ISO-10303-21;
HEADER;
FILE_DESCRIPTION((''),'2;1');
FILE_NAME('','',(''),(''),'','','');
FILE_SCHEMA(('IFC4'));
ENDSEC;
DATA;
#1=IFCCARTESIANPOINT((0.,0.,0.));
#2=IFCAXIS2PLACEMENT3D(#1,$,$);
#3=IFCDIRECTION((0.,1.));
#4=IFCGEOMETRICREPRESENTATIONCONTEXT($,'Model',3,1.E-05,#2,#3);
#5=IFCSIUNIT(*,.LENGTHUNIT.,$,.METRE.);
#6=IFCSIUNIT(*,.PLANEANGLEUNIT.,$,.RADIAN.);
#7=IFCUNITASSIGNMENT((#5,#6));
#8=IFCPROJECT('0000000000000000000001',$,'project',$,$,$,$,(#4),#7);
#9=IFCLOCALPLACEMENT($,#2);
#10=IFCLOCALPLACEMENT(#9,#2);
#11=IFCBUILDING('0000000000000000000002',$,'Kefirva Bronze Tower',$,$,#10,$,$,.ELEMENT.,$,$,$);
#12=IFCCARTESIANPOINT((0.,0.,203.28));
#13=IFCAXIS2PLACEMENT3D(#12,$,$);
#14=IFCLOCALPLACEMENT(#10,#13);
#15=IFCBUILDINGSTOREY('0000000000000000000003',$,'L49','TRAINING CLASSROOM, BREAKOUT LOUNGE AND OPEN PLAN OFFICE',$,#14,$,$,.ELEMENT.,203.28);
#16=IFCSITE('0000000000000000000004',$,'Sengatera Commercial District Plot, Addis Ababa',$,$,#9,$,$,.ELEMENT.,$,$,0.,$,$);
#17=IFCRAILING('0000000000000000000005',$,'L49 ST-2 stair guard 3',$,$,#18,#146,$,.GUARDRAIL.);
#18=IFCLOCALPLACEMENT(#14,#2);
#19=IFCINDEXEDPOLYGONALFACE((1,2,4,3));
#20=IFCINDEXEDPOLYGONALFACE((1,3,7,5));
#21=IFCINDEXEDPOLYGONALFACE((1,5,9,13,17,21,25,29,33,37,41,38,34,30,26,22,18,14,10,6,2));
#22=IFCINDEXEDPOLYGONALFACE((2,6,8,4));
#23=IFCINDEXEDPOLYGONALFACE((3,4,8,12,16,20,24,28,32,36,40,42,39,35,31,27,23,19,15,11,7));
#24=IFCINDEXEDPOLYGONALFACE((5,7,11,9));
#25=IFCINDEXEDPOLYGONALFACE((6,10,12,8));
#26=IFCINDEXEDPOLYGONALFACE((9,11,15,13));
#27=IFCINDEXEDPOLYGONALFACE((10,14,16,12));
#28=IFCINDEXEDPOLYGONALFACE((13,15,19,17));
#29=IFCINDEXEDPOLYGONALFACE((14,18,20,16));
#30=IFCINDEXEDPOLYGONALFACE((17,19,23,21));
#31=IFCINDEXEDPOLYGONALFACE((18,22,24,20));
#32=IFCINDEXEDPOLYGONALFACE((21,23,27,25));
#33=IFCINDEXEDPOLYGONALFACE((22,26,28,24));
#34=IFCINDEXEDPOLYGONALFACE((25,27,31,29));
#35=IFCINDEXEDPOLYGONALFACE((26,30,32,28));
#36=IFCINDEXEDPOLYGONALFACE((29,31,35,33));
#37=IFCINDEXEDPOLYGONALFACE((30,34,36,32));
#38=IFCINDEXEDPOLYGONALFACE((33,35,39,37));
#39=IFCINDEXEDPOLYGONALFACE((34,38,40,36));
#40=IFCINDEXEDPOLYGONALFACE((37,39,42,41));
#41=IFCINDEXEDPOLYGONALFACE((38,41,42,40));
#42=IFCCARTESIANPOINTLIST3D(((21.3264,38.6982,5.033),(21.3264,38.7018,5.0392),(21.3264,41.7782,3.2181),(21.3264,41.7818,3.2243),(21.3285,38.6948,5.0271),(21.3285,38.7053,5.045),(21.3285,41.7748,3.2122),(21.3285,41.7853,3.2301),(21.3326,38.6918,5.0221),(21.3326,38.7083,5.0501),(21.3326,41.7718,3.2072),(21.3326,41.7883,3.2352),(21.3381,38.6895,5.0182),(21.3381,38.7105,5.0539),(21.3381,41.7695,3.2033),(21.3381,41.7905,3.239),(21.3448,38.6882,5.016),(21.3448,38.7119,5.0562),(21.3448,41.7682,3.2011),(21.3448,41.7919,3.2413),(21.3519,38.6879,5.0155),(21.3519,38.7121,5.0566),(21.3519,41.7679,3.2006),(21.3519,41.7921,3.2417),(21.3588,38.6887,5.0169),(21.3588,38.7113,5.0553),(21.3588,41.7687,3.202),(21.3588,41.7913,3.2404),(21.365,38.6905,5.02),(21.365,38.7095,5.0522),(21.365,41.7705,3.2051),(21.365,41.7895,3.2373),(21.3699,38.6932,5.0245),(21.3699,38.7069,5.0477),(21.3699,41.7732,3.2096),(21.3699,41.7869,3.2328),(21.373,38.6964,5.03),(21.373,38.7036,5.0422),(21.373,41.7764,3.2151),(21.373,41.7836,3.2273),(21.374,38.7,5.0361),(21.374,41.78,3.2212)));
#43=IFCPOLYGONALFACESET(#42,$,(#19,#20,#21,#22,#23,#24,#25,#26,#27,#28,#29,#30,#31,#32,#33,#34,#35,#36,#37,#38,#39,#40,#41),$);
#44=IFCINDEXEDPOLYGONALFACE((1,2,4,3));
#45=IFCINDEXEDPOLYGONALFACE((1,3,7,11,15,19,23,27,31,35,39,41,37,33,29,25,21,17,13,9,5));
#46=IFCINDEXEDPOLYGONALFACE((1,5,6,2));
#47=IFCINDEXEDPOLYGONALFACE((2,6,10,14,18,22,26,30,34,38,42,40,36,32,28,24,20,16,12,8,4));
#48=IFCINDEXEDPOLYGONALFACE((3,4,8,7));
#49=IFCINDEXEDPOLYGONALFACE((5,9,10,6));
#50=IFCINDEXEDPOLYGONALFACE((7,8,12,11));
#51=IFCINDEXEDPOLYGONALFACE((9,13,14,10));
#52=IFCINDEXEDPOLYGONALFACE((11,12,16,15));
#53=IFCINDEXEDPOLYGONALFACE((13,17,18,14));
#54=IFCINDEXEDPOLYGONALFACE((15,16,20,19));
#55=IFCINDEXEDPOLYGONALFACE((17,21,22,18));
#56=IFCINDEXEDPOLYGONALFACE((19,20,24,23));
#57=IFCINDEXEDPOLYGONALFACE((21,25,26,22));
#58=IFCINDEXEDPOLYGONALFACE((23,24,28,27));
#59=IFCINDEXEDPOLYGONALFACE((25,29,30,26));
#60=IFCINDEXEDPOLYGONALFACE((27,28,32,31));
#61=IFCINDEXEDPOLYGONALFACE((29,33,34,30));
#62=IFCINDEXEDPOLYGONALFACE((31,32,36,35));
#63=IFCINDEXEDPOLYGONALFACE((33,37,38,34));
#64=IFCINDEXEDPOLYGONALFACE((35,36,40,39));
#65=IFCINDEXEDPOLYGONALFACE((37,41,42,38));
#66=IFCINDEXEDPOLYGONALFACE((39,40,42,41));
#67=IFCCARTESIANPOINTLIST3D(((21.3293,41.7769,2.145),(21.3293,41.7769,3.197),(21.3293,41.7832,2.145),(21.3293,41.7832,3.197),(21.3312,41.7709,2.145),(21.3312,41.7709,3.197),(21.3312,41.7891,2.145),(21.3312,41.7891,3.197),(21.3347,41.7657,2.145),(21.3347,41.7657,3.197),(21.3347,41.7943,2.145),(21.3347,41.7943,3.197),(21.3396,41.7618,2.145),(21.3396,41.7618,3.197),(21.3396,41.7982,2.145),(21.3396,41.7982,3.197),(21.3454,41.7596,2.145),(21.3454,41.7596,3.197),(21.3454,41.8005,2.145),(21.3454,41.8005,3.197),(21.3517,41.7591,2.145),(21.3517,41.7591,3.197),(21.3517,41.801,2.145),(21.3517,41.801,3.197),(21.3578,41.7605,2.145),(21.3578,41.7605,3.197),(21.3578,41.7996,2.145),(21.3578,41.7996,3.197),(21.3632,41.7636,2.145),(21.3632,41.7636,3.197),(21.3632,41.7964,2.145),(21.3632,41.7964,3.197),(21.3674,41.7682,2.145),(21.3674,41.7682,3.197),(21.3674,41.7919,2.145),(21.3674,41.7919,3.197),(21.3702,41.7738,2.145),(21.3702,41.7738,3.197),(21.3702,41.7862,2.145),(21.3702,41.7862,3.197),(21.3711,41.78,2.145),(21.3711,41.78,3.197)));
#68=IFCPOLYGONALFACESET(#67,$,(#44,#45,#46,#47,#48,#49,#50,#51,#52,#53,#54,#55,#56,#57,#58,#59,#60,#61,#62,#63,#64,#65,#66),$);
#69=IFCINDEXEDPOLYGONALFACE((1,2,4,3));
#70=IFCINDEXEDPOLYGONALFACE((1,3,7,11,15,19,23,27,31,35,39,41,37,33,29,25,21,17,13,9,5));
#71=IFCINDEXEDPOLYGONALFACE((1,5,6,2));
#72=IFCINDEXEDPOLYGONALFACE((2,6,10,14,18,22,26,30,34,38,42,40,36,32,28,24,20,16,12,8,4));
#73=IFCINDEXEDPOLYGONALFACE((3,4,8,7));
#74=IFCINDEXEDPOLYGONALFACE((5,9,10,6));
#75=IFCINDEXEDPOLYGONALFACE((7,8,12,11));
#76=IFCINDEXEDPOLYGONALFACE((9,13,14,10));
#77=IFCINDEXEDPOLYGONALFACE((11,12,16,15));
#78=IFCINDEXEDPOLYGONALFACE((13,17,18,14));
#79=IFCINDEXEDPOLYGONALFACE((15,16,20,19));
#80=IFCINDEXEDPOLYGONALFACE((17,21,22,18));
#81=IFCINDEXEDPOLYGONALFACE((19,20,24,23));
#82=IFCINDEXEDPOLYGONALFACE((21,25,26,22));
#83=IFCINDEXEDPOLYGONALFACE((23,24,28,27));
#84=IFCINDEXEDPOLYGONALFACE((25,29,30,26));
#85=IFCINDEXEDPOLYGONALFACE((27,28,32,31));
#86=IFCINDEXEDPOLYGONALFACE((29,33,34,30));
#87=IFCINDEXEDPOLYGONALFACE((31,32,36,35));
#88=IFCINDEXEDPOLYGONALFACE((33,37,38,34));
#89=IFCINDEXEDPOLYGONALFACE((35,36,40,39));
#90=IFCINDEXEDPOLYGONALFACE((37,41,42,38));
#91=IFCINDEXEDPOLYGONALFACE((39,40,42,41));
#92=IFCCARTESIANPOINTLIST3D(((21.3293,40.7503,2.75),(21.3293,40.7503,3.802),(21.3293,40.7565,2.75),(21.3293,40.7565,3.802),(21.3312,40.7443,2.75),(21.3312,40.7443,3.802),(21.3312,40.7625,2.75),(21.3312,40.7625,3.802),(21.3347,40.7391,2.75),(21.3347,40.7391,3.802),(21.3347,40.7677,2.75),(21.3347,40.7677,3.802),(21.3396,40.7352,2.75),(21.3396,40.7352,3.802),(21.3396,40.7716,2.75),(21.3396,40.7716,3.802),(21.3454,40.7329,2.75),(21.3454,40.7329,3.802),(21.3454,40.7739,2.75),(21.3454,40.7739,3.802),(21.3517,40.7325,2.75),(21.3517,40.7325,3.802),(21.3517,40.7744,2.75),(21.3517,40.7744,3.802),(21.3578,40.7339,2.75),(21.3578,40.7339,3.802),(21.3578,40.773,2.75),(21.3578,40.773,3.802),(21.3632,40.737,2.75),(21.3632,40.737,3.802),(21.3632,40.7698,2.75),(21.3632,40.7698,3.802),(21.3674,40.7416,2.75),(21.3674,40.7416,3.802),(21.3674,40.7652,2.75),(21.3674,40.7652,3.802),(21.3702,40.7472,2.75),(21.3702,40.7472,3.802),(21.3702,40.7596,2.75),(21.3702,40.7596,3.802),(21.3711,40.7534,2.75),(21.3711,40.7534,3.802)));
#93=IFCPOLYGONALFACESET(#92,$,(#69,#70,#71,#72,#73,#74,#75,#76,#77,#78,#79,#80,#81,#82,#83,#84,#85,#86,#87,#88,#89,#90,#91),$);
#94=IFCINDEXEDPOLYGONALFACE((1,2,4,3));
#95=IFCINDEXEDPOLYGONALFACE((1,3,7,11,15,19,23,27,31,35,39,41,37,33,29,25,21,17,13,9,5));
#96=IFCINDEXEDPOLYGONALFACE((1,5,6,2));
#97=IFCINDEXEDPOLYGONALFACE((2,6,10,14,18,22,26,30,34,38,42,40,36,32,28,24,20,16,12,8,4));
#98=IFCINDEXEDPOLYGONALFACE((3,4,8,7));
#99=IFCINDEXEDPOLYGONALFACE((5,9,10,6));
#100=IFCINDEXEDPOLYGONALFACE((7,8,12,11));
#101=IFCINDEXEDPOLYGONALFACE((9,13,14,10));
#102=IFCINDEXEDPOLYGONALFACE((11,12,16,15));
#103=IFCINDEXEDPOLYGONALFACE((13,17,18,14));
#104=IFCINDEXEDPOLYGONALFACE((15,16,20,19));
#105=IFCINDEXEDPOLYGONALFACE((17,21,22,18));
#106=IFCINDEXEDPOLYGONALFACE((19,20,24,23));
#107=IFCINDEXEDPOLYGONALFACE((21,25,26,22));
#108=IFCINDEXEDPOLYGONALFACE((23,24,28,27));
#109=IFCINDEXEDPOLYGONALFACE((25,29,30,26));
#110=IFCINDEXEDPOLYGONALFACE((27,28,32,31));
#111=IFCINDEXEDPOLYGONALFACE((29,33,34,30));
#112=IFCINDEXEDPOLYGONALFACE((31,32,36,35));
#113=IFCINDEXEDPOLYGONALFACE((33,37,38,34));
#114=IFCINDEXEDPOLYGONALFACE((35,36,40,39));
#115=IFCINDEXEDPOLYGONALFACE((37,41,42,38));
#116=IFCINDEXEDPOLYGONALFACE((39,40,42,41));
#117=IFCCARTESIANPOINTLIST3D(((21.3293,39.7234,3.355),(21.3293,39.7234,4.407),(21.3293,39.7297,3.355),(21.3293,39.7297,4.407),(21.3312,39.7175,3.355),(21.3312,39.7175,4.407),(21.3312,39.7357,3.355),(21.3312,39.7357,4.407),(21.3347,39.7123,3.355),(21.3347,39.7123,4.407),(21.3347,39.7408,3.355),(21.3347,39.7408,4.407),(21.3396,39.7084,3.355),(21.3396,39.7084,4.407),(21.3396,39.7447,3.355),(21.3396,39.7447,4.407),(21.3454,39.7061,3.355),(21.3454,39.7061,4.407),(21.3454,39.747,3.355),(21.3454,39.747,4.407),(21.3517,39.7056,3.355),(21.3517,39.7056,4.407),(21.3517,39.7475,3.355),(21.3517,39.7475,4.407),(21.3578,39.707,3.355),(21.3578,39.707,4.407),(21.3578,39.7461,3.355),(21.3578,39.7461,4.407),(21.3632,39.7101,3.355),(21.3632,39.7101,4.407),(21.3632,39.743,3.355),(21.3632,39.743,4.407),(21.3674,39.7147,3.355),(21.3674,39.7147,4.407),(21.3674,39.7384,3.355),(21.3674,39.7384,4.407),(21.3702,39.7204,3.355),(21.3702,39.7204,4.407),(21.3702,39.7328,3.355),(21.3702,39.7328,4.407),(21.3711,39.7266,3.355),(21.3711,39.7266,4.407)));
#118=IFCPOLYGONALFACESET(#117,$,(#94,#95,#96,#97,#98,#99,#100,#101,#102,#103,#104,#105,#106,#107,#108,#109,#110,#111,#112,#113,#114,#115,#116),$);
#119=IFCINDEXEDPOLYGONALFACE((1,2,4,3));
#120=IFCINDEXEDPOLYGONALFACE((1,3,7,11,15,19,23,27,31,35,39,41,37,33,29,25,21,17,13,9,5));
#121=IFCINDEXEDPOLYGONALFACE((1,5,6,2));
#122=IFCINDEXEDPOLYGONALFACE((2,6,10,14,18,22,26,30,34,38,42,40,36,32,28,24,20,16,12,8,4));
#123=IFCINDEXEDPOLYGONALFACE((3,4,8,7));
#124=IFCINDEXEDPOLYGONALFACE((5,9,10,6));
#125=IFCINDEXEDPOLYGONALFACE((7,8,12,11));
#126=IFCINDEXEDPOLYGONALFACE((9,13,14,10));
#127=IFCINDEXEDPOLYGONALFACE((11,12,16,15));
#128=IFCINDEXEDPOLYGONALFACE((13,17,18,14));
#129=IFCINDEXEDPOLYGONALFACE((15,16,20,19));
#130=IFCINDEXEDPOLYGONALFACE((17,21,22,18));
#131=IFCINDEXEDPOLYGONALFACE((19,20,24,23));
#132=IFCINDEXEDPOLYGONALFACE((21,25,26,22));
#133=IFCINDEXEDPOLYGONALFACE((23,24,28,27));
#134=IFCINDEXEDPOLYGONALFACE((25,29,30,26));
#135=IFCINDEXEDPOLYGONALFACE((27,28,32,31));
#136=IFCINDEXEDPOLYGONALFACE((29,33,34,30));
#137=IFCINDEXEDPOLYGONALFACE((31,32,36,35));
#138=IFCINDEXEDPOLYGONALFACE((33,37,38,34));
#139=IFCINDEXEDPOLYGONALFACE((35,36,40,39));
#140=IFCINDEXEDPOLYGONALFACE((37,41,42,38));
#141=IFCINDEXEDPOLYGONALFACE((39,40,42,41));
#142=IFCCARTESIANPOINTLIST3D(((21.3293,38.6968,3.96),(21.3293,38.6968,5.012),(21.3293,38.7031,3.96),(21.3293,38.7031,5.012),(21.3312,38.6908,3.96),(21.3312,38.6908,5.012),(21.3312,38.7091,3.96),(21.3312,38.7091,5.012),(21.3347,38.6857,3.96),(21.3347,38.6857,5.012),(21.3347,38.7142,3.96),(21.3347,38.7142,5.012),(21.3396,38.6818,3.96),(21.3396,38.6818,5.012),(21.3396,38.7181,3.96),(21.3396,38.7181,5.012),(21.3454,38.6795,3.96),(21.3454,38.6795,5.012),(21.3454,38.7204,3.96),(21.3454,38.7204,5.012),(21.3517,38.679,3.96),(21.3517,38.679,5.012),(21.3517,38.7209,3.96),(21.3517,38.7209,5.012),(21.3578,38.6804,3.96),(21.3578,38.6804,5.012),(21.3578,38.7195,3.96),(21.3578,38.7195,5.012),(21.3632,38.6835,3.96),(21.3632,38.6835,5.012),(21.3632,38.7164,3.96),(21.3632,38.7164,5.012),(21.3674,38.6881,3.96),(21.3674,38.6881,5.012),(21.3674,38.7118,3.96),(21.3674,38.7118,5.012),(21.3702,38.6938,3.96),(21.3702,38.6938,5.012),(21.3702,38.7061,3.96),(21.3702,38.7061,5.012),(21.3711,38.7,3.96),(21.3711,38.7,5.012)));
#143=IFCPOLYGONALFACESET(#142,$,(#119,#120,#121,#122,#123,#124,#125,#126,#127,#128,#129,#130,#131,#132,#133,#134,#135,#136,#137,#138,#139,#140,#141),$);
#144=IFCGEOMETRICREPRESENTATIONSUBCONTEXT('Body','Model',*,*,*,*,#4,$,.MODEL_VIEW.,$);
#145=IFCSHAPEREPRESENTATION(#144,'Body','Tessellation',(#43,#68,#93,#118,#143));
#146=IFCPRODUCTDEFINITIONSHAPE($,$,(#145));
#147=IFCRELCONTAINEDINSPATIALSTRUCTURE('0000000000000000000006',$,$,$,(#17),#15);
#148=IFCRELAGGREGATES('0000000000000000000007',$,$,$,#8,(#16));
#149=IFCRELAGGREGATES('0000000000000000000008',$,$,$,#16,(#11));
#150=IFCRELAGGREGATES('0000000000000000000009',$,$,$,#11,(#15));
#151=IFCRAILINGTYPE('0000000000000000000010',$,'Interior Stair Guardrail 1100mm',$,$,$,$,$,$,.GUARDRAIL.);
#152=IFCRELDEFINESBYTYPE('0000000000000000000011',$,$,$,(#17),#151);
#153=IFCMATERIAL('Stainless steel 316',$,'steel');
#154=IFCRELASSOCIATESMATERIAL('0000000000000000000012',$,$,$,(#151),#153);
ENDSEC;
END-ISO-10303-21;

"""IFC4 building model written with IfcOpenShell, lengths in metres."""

from ifc_helpers import new_model, si_unit, direction, frame, origin, origin_2d, place, context, subcontext, project, spatial, circle, extrude, material, type_object, element, save


model = new_model("IFC4")

# Units and contexts
model_context = context("Model", 3, precision=1e-05, world=origin(), true_north=direction((0.0, 1.0)))
body_context = subcontext(model_context, "Body", "Model", "MODEL_VIEW")
ifc_project = project(units=[si_unit("LENGTHUNIT", "METRE"), si_unit("PLANEANGLEUNIT", "RADIAN")], contexts=[model_context])

# Site, building, storey
site_placement = place(None, origin())
site = spatial("IfcSite", under=ifc_project, at=site_placement, Name="Sengatera Commercial District Plot, Addis Ababa", CompositionType="ELEMENT", RefElevation=0.0)
building_placement = place(site_placement, origin())
building = spatial("IfcBuilding", under=site, at=building_placement, Name="Kefirva Bronze Tower", CompositionType="ELEMENT")
storey_placement = place(building_placement, frame((0.0, 0.0, 203.28)))
storey = spatial("IfcBuildingStorey", under=building, at=storey_placement, Name="L49", Description="TRAINING CLASSROOM, BREAKOUT LOUNGE AND OPEN PLAN OFFICE", CompositionType="ELEMENT", Elevation=203.28)

# Railing
ifc_material_1 = material(Name="Stainless steel 316", Category="steel")
railing_type_1 = type_object("IfcRailingType", Name="Interior Stair Guardrail 1100mm", PredefinedType="GUARDRAIL", material=ifc_material_1)
railing_1_placement = place(storey_placement, frame((21.3501, 41.78, 2.145)))
element("IfcRailing", 1, at=railing_1_placement, inside=storey, type_object=railing_type_1, Name="L49 ST-2 stair guard 3", PredefinedType="GUARDRAIL", context=body_context, shape_type="SweptSolid", body=[
    extrude(circle(Radius=0.0239, at=origin_2d()), frame((0.0, 0.0, 1.0762), z_axis=(0.0, -0.861551, 0.507671), x_axis=(1.0, 0.0, 0.0)), (0.0, 0.0, 1.0), 3.575),
    extrude(circle(Radius=0.021, at=origin_2d()), origin(), (0.0, 0.0, 1.0), 1.052),
    extrude(circle(Radius=0.021, at=origin_2d()), frame((0.0, -1.0266, 0.605)), (0.0, 0.0, 1.0), 1.052),
    extrude(circle(Radius=0.021, at=origin_2d()), frame((0.0, -2.0535, 1.21)), (0.0, 0.0, 1.0), 1.052),
    extrude(circle(Radius=0.021, at=origin_2d()), frame((0.0, -3.0801, 1.8149)), (0.0, 0.0, 1.0), 1.052),
])

save(model, "model.ifc")
